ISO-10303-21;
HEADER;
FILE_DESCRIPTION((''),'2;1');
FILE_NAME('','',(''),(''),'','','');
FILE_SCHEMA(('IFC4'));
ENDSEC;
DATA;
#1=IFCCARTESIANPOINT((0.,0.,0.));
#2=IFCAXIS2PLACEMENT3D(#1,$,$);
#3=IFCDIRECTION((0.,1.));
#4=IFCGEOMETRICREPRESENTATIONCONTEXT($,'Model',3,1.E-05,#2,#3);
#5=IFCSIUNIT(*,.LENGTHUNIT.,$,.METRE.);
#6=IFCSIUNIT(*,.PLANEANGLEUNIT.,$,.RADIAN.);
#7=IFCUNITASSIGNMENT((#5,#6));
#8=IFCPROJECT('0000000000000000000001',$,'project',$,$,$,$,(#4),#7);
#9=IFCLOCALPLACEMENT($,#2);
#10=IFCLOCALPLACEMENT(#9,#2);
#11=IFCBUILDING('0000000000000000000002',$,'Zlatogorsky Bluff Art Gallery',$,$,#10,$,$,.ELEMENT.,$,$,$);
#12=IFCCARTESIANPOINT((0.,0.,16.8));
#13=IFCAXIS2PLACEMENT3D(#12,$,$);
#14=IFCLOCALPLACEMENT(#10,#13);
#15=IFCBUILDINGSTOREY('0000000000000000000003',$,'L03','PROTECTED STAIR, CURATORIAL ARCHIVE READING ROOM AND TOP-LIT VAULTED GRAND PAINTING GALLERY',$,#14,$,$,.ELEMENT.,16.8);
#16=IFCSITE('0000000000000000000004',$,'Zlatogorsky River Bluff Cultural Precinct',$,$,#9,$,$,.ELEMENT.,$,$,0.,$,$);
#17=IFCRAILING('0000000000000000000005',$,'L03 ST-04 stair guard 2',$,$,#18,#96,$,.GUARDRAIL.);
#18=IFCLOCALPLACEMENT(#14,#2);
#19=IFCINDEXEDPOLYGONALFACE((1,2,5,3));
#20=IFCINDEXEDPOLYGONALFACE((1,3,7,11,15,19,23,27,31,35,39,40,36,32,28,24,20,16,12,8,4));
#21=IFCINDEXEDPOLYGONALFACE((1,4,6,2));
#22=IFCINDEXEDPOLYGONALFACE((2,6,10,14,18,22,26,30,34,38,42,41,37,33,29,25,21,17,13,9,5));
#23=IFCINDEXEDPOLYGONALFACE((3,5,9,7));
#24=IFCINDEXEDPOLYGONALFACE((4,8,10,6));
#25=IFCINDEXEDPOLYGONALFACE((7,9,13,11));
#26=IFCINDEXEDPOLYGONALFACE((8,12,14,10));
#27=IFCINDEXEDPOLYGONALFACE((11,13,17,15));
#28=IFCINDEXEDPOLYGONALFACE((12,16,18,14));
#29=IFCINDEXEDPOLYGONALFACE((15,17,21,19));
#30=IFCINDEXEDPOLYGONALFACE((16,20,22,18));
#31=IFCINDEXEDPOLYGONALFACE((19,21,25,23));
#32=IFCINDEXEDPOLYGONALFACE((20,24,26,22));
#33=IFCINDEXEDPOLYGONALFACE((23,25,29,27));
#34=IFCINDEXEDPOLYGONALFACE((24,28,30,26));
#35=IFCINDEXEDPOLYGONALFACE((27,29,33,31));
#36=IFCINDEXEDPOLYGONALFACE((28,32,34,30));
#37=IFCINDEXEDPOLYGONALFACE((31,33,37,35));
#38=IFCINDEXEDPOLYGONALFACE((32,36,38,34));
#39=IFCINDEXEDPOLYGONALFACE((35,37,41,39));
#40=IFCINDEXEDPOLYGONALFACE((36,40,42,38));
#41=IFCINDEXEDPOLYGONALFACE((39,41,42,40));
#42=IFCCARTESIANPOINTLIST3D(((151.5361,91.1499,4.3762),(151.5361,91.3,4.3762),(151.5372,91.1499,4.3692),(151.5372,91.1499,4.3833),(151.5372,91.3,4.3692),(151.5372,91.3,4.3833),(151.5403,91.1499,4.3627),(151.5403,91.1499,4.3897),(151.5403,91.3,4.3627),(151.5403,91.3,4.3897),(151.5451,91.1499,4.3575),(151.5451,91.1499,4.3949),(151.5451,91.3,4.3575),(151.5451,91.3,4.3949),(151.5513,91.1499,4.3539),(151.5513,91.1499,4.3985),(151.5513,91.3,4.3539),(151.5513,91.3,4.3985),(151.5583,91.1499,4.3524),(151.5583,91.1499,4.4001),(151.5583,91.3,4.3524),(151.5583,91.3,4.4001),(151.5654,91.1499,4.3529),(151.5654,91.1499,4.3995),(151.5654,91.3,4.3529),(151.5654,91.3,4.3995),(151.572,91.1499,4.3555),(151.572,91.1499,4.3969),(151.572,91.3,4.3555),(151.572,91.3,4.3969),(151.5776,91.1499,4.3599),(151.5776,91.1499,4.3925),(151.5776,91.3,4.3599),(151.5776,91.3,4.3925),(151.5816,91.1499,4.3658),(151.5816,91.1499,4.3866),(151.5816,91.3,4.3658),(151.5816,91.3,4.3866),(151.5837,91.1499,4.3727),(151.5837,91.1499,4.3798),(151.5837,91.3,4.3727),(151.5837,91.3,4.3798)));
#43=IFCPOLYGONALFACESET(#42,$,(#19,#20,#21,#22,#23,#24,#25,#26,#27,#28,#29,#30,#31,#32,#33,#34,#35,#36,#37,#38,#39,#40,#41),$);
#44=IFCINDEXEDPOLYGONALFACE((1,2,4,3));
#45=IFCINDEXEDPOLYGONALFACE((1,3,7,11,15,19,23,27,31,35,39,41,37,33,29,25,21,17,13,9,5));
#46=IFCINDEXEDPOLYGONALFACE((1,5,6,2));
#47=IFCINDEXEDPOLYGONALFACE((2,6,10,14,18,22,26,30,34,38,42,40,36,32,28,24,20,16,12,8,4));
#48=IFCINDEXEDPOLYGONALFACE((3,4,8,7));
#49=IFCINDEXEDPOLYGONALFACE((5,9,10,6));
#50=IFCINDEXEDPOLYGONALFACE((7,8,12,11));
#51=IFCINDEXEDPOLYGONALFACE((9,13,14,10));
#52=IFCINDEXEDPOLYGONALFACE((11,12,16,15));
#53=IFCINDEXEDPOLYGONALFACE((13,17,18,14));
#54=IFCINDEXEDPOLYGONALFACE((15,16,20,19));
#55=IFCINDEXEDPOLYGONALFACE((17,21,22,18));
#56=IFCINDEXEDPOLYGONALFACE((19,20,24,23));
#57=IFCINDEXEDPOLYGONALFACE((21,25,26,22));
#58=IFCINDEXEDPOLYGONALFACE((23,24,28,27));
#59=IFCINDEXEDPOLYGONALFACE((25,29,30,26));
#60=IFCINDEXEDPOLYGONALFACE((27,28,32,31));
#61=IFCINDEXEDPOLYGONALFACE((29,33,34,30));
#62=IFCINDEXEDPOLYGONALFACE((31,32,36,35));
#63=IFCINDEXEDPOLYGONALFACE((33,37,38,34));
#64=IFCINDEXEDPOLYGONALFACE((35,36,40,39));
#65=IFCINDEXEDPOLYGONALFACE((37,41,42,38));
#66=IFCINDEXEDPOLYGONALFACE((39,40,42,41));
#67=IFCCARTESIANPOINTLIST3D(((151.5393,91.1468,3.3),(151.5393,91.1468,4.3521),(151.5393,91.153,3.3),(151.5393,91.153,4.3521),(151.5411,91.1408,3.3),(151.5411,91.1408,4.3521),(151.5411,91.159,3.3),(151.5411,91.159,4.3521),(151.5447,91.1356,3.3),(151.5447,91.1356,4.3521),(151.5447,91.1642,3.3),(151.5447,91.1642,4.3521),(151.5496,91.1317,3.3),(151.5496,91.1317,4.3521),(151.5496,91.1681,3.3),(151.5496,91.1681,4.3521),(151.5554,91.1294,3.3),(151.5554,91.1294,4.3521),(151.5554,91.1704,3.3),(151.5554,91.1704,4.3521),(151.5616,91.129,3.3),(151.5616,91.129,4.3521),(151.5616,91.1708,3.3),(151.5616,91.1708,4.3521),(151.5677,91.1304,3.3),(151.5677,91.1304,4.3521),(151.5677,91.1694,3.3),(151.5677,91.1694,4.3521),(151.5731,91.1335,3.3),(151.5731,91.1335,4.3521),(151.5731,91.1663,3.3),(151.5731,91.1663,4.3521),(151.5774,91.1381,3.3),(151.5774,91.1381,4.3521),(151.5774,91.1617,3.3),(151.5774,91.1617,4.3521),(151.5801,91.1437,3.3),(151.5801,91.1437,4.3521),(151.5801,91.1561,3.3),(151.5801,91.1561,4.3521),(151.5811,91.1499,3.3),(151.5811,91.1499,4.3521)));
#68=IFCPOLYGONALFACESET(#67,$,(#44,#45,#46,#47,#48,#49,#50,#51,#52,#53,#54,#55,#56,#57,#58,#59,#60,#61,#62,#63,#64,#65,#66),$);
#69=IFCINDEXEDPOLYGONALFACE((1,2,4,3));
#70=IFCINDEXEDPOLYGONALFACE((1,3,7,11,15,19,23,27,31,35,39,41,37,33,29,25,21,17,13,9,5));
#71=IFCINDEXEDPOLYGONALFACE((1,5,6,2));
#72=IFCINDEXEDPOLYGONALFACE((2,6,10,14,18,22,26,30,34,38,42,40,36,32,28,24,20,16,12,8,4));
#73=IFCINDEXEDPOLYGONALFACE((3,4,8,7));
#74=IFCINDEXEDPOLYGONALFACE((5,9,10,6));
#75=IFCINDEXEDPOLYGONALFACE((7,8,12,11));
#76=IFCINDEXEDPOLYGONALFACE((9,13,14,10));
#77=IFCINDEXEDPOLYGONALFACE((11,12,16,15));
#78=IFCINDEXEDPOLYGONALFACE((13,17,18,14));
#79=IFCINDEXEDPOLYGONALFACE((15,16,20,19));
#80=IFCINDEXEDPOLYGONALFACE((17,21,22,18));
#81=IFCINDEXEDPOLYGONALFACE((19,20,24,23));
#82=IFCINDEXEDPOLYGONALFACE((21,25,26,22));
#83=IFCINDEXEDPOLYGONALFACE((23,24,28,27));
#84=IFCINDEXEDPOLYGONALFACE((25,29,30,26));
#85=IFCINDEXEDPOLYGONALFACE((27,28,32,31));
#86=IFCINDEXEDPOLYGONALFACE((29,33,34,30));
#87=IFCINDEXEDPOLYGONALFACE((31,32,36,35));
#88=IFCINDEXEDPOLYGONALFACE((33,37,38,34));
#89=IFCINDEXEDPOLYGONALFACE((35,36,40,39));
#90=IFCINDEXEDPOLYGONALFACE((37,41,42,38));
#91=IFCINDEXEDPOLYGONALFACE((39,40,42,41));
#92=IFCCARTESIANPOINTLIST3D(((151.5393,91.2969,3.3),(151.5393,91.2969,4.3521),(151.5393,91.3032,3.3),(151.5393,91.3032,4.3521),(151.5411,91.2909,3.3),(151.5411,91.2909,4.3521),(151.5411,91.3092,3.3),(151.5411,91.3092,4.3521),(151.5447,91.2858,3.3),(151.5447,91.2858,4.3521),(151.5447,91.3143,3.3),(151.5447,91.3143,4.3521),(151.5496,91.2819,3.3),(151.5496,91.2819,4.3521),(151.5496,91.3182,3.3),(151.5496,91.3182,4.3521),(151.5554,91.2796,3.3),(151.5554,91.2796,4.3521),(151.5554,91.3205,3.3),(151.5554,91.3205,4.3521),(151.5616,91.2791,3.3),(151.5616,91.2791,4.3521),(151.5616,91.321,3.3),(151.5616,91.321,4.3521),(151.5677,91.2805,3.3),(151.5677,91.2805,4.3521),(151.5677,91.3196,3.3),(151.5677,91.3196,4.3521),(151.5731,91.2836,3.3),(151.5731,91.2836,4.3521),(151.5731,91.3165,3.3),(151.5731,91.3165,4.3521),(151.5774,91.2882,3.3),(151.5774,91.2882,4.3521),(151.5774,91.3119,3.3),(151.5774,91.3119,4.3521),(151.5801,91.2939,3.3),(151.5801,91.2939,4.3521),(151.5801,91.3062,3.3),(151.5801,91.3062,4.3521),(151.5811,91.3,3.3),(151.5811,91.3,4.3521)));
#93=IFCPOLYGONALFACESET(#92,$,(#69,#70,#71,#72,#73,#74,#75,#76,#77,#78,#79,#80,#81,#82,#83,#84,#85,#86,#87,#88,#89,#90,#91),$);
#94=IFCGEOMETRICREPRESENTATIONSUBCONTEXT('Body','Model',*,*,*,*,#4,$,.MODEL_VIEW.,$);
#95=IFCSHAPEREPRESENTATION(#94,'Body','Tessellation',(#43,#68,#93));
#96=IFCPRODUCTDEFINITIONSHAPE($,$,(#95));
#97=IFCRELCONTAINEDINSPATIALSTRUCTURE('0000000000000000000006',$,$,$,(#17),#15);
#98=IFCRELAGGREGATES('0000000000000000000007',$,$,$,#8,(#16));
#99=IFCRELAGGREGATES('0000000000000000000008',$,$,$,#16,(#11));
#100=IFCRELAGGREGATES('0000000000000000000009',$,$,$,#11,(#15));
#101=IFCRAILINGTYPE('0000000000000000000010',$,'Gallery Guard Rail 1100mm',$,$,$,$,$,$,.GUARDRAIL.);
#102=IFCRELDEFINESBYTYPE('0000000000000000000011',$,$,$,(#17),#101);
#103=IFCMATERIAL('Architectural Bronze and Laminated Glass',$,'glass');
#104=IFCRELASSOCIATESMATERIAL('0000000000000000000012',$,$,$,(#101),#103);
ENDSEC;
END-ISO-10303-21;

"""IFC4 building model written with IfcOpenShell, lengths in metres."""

from ifc_helpers import new_model, si_unit, direction, frame, origin, origin_2d, place, context, subcontext, project, spatial, circle, extrude, material, type_object, element, save


model = new_model("IFC4")

# Units and contexts
model_context = context("Model", 3, precision=1e-05, world=origin(), true_north=direction((0.0, 1.0)))
body_context = subcontext(model_context, "Body", "Model", "MODEL_VIEW")
ifc_project = project(units=[si_unit("LENGTHUNIT", "METRE"), si_unit("PLANEANGLEUNIT", "RADIAN")], contexts=[model_context])

# Site, building, storey
site_placement = place(None, origin())
site = spatial("IfcSite", under=ifc_project, at=site_placement, Name="Zlatogorsky River Bluff Cultural Precinct", CompositionType="ELEMENT", RefElevation=0.0)
building_placement = place(site_placement, origin())
building = spatial("IfcBuilding", under=site, at=building_placement, Name="Zlatogorsky Bluff Art Gallery", CompositionType="ELEMENT")
storey_placement = place(building_placement, frame((0.0, 0.0, 16.8)))
storey = spatial("IfcBuildingStorey", under=building, at=storey_placement, Name="L03", Description="PROTECTED STAIR, CURATORIAL ARCHIVE READING ROOM AND TOP-LIT VAULTED GRAND PAINTING GALLERY", CompositionType="ELEMENT", Elevation=16.8)

# Railing
ifc_material_1 = material(Name="Architectural Bronze and Laminated Glass", Category="glass")
railing_type_1 = type_object("IfcRailingType", Name="Gallery Guard Rail 1100mm", PredefinedType="GUARDRAIL", material=ifc_material_1)
railing_1_placement = place(storey_placement, frame((151.5601, 91.1499, 3.3)))
element("IfcRailing", 1, at=railing_1_placement, inside=storey, type_object=railing_type_1, Name="L03 ST-04 stair guard 2", PredefinedType="GUARDRAIL", context=body_context, shape_type="SweptSolid", body=[
    extrude(circle(Radius=0.0239, at=origin_2d()), frame((0.0, 0.0, 1.0762), z_axis=(0.0, 1.0, 0.0), x_axis=(-1.0, 0.0, 0.0)), (0.0, 0.0, 1.0), 0.1501),
    extrude(circle(Radius=0.021, at=origin_2d()), origin(), (0.0, 0.0, 1.0), 1.052),
    extrude(circle(Radius=0.021, at=origin_2d()), frame((0.0, 0.1501, 0.0)), (0.0, 0.0, 1.0), 1.052),
])

save(model, "model.ifc")
